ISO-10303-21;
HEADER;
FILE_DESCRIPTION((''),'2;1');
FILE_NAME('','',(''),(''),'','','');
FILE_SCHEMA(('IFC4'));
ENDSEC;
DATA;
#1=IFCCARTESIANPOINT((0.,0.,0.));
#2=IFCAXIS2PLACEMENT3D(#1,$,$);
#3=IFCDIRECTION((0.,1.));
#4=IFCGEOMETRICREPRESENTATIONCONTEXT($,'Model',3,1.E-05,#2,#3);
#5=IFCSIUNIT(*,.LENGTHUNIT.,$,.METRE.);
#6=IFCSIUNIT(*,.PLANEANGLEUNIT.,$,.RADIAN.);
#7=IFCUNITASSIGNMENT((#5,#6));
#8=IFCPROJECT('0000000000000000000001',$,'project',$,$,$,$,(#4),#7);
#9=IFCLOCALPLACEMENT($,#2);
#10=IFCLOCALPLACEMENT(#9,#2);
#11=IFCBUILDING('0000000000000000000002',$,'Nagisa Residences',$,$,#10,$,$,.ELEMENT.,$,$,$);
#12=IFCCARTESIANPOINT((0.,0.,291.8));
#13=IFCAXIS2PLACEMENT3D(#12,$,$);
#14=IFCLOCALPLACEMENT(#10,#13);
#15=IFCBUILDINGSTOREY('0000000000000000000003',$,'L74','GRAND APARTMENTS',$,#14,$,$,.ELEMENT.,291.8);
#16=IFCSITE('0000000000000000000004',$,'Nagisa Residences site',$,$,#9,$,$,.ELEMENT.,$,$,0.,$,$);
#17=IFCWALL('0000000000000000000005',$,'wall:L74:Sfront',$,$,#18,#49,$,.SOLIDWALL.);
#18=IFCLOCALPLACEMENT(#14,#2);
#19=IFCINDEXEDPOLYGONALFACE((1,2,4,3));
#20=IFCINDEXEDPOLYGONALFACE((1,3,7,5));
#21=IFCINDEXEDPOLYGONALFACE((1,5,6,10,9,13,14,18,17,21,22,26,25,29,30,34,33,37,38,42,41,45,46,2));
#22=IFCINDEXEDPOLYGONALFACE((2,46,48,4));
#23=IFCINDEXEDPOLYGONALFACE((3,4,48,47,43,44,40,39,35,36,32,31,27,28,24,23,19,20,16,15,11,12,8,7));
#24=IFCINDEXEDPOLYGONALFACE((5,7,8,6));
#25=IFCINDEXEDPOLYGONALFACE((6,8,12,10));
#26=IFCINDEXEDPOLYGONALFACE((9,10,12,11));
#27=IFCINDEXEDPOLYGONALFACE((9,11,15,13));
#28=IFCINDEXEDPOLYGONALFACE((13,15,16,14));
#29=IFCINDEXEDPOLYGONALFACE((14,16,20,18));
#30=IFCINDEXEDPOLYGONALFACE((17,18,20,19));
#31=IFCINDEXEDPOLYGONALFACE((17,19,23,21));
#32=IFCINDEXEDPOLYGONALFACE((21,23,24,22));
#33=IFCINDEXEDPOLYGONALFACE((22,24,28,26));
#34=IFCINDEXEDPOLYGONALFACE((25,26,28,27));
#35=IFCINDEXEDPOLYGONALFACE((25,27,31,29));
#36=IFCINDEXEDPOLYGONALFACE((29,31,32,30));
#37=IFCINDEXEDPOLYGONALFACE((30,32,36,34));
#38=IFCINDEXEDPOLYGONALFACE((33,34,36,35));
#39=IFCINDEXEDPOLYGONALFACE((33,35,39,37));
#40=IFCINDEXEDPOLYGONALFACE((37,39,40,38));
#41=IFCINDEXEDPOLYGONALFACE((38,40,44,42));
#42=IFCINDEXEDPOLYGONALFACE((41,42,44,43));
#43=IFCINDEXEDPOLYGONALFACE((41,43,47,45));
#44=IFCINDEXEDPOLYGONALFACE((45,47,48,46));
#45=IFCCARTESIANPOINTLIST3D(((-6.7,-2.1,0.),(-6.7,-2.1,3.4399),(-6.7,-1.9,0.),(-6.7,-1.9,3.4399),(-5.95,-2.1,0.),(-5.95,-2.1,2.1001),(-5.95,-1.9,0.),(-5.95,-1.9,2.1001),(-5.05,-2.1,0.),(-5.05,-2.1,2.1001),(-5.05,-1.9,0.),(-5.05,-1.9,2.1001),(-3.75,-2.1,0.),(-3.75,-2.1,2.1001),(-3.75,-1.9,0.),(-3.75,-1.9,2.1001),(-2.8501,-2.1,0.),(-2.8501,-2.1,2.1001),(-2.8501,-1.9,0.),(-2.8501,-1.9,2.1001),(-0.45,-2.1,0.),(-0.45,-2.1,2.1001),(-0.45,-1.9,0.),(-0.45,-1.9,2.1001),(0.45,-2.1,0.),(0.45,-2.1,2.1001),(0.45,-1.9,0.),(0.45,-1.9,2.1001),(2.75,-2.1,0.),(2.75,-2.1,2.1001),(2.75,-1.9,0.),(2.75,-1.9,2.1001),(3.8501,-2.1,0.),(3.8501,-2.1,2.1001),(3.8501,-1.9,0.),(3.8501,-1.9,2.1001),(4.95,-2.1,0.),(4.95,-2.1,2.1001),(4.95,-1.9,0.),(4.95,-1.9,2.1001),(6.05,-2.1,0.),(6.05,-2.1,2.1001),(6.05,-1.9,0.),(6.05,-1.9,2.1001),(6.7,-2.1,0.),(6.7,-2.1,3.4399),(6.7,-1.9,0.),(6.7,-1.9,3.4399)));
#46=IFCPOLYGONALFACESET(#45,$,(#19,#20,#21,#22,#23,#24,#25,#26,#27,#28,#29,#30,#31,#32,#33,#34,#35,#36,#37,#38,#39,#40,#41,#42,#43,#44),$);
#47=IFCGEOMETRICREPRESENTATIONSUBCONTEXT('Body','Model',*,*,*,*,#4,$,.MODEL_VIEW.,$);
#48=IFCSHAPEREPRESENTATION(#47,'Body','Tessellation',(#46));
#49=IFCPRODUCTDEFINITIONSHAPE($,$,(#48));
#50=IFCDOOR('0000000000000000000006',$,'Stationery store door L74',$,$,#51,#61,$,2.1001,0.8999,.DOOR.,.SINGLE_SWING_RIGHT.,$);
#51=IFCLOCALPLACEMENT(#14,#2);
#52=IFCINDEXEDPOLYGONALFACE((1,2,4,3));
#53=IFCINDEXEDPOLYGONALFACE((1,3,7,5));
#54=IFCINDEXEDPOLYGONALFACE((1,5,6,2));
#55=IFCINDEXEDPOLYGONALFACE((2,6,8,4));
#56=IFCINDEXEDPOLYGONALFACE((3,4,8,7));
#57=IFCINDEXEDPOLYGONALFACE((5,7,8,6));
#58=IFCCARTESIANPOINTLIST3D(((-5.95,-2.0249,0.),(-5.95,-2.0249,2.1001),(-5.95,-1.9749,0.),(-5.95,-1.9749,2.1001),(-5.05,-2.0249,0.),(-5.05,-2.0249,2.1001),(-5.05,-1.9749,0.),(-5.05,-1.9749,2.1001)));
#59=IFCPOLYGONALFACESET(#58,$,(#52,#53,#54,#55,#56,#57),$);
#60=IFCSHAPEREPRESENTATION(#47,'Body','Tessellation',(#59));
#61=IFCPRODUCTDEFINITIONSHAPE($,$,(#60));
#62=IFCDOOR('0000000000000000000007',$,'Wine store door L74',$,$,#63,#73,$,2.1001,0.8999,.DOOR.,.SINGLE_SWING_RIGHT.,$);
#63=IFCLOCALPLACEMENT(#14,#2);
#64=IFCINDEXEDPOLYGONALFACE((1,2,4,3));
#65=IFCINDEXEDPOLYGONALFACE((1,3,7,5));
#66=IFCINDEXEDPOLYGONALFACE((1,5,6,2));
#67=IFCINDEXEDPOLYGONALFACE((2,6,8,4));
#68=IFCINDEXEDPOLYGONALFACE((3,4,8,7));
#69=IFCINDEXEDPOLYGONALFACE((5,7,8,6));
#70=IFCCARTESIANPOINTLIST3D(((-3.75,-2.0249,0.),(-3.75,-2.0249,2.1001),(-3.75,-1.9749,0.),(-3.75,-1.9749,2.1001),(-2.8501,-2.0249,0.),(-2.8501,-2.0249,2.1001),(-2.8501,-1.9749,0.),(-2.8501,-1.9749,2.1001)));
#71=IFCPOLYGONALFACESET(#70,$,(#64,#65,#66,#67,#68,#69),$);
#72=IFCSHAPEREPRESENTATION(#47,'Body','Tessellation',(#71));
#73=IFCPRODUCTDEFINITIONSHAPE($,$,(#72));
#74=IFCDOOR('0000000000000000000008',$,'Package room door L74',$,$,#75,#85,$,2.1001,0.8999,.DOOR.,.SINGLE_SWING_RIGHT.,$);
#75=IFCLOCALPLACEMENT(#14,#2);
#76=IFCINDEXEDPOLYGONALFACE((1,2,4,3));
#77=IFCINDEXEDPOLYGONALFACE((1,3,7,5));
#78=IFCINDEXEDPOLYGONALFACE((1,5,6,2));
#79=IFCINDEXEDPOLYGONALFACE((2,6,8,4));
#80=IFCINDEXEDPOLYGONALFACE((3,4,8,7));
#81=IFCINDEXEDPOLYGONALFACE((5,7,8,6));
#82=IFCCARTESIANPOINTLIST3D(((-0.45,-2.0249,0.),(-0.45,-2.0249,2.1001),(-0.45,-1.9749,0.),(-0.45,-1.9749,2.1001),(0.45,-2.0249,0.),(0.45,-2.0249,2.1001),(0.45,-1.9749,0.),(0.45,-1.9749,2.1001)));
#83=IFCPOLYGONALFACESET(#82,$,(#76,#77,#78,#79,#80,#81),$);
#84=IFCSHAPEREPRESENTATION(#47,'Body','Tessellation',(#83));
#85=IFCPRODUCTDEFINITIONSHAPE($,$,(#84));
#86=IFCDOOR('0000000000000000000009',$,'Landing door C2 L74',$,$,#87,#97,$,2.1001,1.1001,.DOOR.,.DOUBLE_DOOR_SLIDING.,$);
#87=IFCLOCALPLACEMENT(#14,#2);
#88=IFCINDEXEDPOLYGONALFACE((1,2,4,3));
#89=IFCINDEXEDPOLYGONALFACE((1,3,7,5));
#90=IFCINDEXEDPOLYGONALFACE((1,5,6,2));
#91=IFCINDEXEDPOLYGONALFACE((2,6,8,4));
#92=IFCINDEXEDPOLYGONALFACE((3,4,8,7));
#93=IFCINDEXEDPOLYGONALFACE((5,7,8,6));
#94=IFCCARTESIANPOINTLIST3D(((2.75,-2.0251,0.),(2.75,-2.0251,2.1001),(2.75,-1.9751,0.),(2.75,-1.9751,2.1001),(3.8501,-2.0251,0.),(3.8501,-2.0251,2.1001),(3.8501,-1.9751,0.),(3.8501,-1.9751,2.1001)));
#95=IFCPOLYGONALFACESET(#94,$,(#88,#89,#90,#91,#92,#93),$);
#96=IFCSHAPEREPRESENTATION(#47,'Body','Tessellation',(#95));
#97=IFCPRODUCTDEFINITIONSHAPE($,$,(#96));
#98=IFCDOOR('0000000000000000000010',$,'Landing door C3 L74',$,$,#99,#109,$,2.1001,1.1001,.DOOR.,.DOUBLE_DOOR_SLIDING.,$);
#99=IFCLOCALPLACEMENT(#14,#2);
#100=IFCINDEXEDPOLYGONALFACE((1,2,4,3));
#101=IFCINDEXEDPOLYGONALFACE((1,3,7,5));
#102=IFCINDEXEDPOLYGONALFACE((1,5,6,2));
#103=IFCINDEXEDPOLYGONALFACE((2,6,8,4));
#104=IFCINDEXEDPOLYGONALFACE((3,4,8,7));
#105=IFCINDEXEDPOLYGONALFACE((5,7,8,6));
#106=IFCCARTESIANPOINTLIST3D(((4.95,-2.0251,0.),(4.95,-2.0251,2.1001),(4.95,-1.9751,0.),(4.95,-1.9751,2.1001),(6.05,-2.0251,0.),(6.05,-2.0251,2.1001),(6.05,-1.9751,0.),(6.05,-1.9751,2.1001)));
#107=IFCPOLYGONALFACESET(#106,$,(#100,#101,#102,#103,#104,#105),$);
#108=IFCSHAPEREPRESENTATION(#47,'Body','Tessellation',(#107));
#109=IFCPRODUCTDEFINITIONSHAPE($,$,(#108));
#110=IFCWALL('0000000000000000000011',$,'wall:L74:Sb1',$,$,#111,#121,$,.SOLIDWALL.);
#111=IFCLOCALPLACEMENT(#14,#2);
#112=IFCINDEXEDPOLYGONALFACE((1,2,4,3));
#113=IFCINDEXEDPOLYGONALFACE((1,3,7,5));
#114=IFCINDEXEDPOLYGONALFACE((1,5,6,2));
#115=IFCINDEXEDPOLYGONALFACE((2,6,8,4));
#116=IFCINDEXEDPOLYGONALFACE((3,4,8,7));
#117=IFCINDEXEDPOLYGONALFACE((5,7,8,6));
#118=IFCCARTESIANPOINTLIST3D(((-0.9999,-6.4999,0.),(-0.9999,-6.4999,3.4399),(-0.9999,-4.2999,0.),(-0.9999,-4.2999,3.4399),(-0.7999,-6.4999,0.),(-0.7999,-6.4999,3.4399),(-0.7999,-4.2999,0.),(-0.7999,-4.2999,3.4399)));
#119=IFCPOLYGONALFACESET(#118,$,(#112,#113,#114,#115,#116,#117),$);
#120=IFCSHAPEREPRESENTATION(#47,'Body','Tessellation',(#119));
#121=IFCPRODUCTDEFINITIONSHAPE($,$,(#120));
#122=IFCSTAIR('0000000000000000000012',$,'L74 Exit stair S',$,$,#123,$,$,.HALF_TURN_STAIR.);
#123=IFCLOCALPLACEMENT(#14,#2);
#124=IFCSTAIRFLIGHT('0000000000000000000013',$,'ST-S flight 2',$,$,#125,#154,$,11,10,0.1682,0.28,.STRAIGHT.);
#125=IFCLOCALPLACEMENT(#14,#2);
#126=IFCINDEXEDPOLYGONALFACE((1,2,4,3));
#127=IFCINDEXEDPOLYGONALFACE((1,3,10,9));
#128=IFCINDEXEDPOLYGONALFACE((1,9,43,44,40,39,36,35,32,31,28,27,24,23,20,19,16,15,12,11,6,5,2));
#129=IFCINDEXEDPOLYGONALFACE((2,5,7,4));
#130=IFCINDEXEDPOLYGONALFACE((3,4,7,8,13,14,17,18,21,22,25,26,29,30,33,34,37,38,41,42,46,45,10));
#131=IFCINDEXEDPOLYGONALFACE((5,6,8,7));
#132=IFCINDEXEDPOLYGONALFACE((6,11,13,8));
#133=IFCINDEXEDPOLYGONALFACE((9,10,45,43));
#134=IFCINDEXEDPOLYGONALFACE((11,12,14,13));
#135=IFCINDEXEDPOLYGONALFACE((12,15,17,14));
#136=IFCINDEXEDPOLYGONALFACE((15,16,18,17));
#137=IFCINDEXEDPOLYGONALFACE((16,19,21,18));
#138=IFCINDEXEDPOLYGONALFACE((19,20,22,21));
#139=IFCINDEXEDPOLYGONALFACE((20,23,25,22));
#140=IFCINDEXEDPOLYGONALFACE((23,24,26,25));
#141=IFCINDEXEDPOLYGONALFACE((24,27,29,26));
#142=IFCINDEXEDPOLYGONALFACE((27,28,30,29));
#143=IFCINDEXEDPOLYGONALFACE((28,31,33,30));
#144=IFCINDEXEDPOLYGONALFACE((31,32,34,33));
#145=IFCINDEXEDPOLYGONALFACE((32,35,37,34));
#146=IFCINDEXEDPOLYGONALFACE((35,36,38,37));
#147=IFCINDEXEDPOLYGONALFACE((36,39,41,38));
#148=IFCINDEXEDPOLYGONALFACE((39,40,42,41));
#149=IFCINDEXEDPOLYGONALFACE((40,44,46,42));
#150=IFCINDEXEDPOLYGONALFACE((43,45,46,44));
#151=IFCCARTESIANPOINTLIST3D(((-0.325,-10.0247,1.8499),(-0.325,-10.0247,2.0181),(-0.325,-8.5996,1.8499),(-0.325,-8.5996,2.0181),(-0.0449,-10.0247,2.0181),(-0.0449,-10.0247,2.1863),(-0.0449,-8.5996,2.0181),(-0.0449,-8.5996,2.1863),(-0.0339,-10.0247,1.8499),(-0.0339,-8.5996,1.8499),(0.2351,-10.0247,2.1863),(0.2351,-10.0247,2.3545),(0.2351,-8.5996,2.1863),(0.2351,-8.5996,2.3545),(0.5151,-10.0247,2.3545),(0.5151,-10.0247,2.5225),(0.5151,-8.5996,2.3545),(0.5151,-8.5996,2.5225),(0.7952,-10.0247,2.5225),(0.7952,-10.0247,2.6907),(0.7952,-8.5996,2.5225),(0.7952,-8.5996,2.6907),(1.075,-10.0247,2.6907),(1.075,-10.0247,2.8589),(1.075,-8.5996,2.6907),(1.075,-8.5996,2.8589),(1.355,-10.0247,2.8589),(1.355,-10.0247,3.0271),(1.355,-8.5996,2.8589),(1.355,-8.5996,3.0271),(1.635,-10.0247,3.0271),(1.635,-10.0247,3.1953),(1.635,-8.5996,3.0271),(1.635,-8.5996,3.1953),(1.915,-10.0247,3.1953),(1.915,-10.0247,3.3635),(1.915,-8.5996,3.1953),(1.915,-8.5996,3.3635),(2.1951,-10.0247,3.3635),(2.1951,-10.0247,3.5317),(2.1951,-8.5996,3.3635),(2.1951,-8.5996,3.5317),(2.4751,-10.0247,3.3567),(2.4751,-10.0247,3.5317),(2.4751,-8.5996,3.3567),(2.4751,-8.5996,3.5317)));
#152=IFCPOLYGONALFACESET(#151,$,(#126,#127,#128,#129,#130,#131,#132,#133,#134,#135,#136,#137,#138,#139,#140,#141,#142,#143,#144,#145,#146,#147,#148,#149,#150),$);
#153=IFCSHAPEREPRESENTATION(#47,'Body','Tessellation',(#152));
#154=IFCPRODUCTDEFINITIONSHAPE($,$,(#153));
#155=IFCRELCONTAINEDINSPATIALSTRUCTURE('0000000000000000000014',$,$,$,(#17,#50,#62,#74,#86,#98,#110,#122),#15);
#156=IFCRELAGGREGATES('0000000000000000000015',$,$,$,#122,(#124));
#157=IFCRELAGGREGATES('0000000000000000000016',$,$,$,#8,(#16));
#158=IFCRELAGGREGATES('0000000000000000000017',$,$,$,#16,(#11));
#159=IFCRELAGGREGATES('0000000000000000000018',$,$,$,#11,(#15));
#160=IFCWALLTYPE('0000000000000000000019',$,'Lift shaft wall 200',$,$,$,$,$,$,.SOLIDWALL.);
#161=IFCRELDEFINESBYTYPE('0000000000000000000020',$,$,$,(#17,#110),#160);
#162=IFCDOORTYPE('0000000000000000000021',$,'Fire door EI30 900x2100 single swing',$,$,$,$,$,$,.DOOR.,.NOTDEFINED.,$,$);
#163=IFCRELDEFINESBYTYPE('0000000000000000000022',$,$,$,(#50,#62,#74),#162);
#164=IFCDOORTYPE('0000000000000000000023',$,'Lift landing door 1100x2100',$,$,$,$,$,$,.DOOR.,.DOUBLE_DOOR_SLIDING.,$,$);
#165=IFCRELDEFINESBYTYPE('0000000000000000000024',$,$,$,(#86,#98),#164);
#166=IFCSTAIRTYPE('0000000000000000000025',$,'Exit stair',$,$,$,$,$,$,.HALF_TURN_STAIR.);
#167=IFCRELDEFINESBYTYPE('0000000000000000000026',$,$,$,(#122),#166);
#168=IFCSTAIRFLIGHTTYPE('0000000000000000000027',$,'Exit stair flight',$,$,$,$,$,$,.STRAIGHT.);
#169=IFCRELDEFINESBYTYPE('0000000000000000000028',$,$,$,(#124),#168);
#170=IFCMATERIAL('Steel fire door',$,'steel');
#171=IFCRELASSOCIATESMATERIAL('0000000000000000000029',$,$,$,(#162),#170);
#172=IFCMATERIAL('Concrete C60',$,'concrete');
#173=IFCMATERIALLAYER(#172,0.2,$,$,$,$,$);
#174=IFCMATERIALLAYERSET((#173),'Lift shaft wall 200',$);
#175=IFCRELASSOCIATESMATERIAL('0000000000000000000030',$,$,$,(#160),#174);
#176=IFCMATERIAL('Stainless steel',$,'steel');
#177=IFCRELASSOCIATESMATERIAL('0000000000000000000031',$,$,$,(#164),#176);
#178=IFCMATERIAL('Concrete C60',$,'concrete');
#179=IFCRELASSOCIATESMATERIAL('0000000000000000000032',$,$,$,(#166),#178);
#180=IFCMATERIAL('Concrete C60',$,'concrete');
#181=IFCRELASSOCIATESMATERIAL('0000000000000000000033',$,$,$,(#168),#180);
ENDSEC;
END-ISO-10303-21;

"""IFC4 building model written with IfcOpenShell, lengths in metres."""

from ifc_helpers import new_model, si_unit, direction, frame, frame_2d, origin, place, context, subcontext, project, spatial, polyline, rectangle, outline, extrude, material, layer, layer_set, type_object, element, fill, aggregate, save


model = new_model("IFC4")

# Units and contexts
model_context = context("Model", 3, precision=1e-05, world=origin(), true_north=direction((0.0, 1.0)))
body_context = subcontext(model_context, "Body", "Model", "MODEL_VIEW")
ifc_project = project(units=[si_unit("LENGTHUNIT", "METRE"), si_unit("PLANEANGLEUNIT", "RADIAN")], contexts=[model_context])

# Site, building, storey
site_placement = place(None, origin())
site = spatial("IfcSite", under=ifc_project, at=site_placement, Name="Nagisa Residences site", CompositionType="ELEMENT", RefElevation=0.0)
building_placement = place(site_placement, origin())
building = spatial("IfcBuilding", under=site, at=building_placement, Name="Nagisa Residences", CompositionType="ELEMENT")
storey_placement = place(building_placement, frame((0.0, 0.0, 291.8)))
storey = spatial("IfcBuildingStorey", under=building, at=storey_placement, Name="L74", Description="GRAND APARTMENTS", CompositionType="ELEMENT", Elevation=291.8)

# Shared definitions
ifc_material_1 = material(Name="Steel fire door", Category="steel")
door_type_1 = type_object("IfcDoorType", Name="Fire door EI30 900x2100 single swing", OperationType="NOTDEFINED", PredefinedType="DOOR", material=ifc_material_1)
ifc_material_2 = material(Name="Concrete C60", Category="concrete")
ifc_layer_1 = layer(ifc_material_2, 0.2)
ifc_layer_set_1 = layer_set([ifc_layer_1], Name="Lift shaft wall 200")
wall_type_1 = type_object("IfcWallType", Name="Lift shaft wall 200", PredefinedType="SOLIDWALL", material=ifc_layer_set_1)

# Wall, openings, doors
wall_1_placement = place(storey_placement, frame((-6.7, -2.0, 0.0), z_axis=(0.0, 0.0, 1.0), x_axis=(1.0, 0.0, 0.0)))
wall_1 = element("IfcWall", 1, at=wall_1_placement, inside=storey, type_object=wall_type_1, Name="wall:L74:Sfront", PredefinedType="SOLIDWALL", context=body_context, shape_type="SweptSolid", body=[
    extrude(rectangle(XDim=13.3999, YDim=0.2, at=frame_2d((6.7, 0.0))), origin(), (0.0, 0.0, 1.0), 3.4399),
])
opening_1_placement = place(wall_1_placement, frame((9.45, 0.0, 0.0)))
opening_1 = element("IfcOpeningElement", 2, at=opening_1_placement, cuts=wall_1, PredefinedType="OPENING", context=body_context, shape_type="SweptSolid", body=[
    extrude(rectangle(XDim=1.1001, YDim=2.1001, at=frame_2d((0.55, 1.05))), frame((0.0, 0.1099, 0.0), z_axis=(0.0, -1.0, 0.0), x_axis=(1.0, 0.0, 0.0)), (0.0, 0.0, 1.0), 0.22),
])
opening_2_placement = place(wall_1_placement, frame((11.6499, 0.0, 0.0)))
opening_2 = element("IfcOpeningElement", 3, at=opening_2_placement, cuts=wall_1, PredefinedType="OPENING", context=body_context, shape_type="SweptSolid", body=[
    extrude(rectangle(XDim=1.1001, YDim=2.1001, at=frame_2d((0.55, 1.05))), frame((0.0, 0.1099, 0.0), z_axis=(0.0, -1.0, 0.0), x_axis=(1.0, 0.0, 0.0)), (0.0, 0.0, 1.0), 0.22),
])
opening_3_placement = place(wall_1_placement, frame((0.75, 0.0, 0.0)))
opening_3 = element("IfcOpeningElement", 4, at=opening_3_placement, cuts=wall_1, PredefinedType="OPENING", context=body_context, shape_type="SweptSolid", body=[
    extrude(rectangle(XDim=0.8999, YDim=2.1001, at=frame_2d((0.45, 1.05))), frame((0.0, 0.1099, 0.0), z_axis=(0.0, -1.0, 0.0), x_axis=(1.0, 0.0, 0.0)), (0.0, 0.0, 1.0), 0.22),
])
opening_4_placement = place(wall_1_placement, frame((2.95, 0.0, 0.0)))
opening_4 = element("IfcOpeningElement", 5, at=opening_4_placement, cuts=wall_1, PredefinedType="OPENING", context=body_context, shape_type="SweptSolid", body=[
    extrude(rectangle(XDim=0.8999, YDim=2.1001, at=frame_2d((0.45, 1.05))), frame((0.0, 0.1099, 0.0), z_axis=(0.0, -1.0, 0.0), x_axis=(1.0, 0.0, 0.0)), (0.0, 0.0, 1.0), 0.22),
])
opening_5_placement = place(wall_1_placement, frame((6.25, 0.0, 0.0)))
opening_5 = element("IfcOpeningElement", 6, at=opening_5_placement, cuts=wall_1, PredefinedType="OPENING", context=body_context, shape_type="SweptSolid", body=[
    extrude(rectangle(XDim=0.8999, YDim=2.1001, at=frame_2d((0.45, 1.05))), frame((0.0, 0.1099, 0.0), z_axis=(0.0, -1.0, 0.0), x_axis=(1.0, 0.0, 0.0)), (0.0, 0.0, 1.0), 0.22),
])
door_1_placement = place(opening_3_placement, frame((0.8999, 0.0, 0.0), x_axis=(-1.0, 0.0, 0.0)))
door_1 = element("IfcDoor", 7, at=door_1_placement, inside=storey, type_object=door_type_1, Name="Stationery store door L74", OperationType="SINGLE_SWING_RIGHT", OverallHeight=2.1001, OverallWidth=0.8999, PredefinedType="DOOR", context=body_context, shape_type="SweptSolid", body=[
    extrude(rectangle(XDim=0.8999, YDim=2.1001, at=frame_2d((0.45, 1.05))), frame((0.0, 0.0249, 0.0), z_axis=(0.0, -1.0, 0.0), x_axis=(1.0, 0.0, 0.0)), (0.0, 0.0, 1.0), 0.05),
])
fill(opening_3, door_1)
door_2_placement = place(opening_4_placement, frame((0.8999, 0.0, 0.0), x_axis=(-1.0, 0.0, 0.0)))
door_2 = element("IfcDoor", 8, at=door_2_placement, inside=storey, type_object=door_type_1, Name="Wine store door L74", OperationType="SINGLE_SWING_RIGHT", OverallHeight=2.1001, OverallWidth=0.8999, PredefinedType="DOOR", context=body_context, shape_type="SweptSolid", body=[
    extrude(rectangle(XDim=0.8999, YDim=2.1001, at=frame_2d((0.45, 1.05))), frame((0.0, 0.0249, 0.0), z_axis=(0.0, -1.0, 0.0), x_axis=(1.0, 0.0, 0.0)), (0.0, 0.0, 1.0), 0.05),
])
fill(opening_4, door_2)
door_3_placement = place(opening_5_placement, frame((0.8999, 0.0, 0.0), x_axis=(-1.0, 0.0, 0.0)))
door_3 = element("IfcDoor", 9, at=door_3_placement, inside=storey, type_object=door_type_1, Name="Package room door L74", OperationType="SINGLE_SWING_RIGHT", OverallHeight=2.1001, OverallWidth=0.8999, PredefinedType="DOOR", context=body_context, shape_type="SweptSolid", body=[
    extrude(rectangle(XDim=0.8999, YDim=2.1001, at=frame_2d((0.45, 1.05))), frame((0.0, 0.0249, 0.0), z_axis=(0.0, -1.0, 0.0), x_axis=(1.0, 0.0, 0.0)), (0.0, 0.0, 1.0), 0.05),
])
fill(opening_5, door_3)
ifc_material_3 = material(Name="Stainless steel", Category="steel")
door_type_2 = type_object("IfcDoorType", Name="Lift landing door 1100x2100", OperationType="DOUBLE_DOOR_SLIDING", PredefinedType="DOOR", material=ifc_material_3)
door_4_placement = place(opening_1_placement, origin())
door_4 = element("IfcDoor", 10, at=door_4_placement, inside=storey, type_object=door_type_2, Name="Landing door C2 L74", OperationType="DOUBLE_DOOR_SLIDING", OverallHeight=2.1001, OverallWidth=1.1001, PredefinedType="DOOR", context=body_context, shape_type="SweptSolid", body=[
    extrude(rectangle(XDim=1.1001, YDim=2.1001, at=frame_2d((0.55, 1.05))), frame((0.0, 0.0249, 0.0), z_axis=(0.0, -1.0, 0.0), x_axis=(1.0, 0.0, 0.0)), (0.0, 0.0, 1.0), 0.05),
])
fill(opening_1, door_4)
door_5_placement = place(opening_2_placement, origin())
door_5 = element("IfcDoor", 11, at=door_5_placement, inside=storey, type_object=door_type_2, Name="Landing door C3 L74", OperationType="DOUBLE_DOOR_SLIDING", OverallHeight=2.1001, OverallWidth=1.1001, PredefinedType="DOOR", context=body_context, shape_type="SweptSolid", body=[
    extrude(rectangle(XDim=1.1001, YDim=2.1001, at=frame_2d((0.55, 1.05))), frame((0.0, 0.0249, 0.0), z_axis=(0.0, -1.0, 0.0), x_axis=(1.0, 0.0, 0.0)), (0.0, 0.0, 1.0), 0.05),
])
fill(opening_2, door_5)

# Wall
wall_2_placement = place(storey_placement, frame((-0.8999, -6.5, 0.0), z_axis=(0.0, 0.0, 1.0), x_axis=(0.0, 1.0, 0.0)))
element("IfcWall", 12, at=wall_2_placement, inside=storey, type_object=wall_type_1, Name="wall:L74:Sb1", PredefinedType="SOLIDWALL", context=body_context, shape_type="SweptSolid", body=[
    extrude(rectangle(XDim=2.2, YDim=0.2, at=frame_2d((1.1001, 0.0))), origin(), (0.0, 0.0, 1.0), 3.4399),
])

# Stair, stair flight
ifc_material_4 = material(Name="Concrete C60", Category="concrete")
stair_type = type_object("IfcStairType", Name="Exit stair", PredefinedType="HALF_TURN_STAIR", material=ifc_material_4)
stair_placement = place(storey_placement, origin())
stair = element("IfcStair", 13, at=stair_placement, inside=storey, type_object=stair_type, Name="L74 Exit stair S", PredefinedType="HALF_TURN_STAIR")
ifc_material_5 = material(Name="Concrete C60", Category="concrete")
stair_flight_type = type_object("IfcStairFlightType", Name="Exit stair flight", PredefinedType="STRAIGHT", material=ifc_material_5)
stair_flight_placement = place(storey_placement, frame((-0.325, -9.312, 1.8499), z_axis=(0.0, 0.0, 1.0), x_axis=(1.0, 0.0, 0.0)))
stair_flight = element("IfcStairFlight", 14, at=stair_flight_placement, type_object=stair_flight_type, Name="ST-S flight 2", NumberOfRisers=11, NumberOfTreads=10, PredefinedType="STRAIGHT", RiserHeight=0.1682, TreadLength=0.28, context=body_context, shape_type="SweptSolid", body=[
    extrude(outline(polyline([(0.0, 0.0), (0.0, 0.1682), (0.28, 0.1682), (0.28, 0.3364), (0.5601, 0.3364), (0.5601, 0.5046), (0.8401, 0.5046), (0.8401, 0.6726), (1.1201, 0.6726), (1.1201, 0.8408), (1.3999, 0.8408), (1.3999, 1.009), (1.6799, 1.009), (1.6799, 1.1772), (1.96, 1.1772), (1.96, 1.3455), (2.24, 1.3455), (2.24, 1.5137), (2.52, 1.5137), (2.52, 1.6819), (2.8, 1.6819), (2.8, 1.8501), (2.8, 1.5068), (0.291, 0.0), (0.0, 0.0)])), frame((0.0, 0.7124, 0.0), z_axis=(0.0, -1.0, 0.0), x_axis=(1.0, 0.0, 0.0)), (0.0, 0.0, 1.0), 1.425),
])
aggregate(stair, [stair_flight])

save(model, "model.ifc")
